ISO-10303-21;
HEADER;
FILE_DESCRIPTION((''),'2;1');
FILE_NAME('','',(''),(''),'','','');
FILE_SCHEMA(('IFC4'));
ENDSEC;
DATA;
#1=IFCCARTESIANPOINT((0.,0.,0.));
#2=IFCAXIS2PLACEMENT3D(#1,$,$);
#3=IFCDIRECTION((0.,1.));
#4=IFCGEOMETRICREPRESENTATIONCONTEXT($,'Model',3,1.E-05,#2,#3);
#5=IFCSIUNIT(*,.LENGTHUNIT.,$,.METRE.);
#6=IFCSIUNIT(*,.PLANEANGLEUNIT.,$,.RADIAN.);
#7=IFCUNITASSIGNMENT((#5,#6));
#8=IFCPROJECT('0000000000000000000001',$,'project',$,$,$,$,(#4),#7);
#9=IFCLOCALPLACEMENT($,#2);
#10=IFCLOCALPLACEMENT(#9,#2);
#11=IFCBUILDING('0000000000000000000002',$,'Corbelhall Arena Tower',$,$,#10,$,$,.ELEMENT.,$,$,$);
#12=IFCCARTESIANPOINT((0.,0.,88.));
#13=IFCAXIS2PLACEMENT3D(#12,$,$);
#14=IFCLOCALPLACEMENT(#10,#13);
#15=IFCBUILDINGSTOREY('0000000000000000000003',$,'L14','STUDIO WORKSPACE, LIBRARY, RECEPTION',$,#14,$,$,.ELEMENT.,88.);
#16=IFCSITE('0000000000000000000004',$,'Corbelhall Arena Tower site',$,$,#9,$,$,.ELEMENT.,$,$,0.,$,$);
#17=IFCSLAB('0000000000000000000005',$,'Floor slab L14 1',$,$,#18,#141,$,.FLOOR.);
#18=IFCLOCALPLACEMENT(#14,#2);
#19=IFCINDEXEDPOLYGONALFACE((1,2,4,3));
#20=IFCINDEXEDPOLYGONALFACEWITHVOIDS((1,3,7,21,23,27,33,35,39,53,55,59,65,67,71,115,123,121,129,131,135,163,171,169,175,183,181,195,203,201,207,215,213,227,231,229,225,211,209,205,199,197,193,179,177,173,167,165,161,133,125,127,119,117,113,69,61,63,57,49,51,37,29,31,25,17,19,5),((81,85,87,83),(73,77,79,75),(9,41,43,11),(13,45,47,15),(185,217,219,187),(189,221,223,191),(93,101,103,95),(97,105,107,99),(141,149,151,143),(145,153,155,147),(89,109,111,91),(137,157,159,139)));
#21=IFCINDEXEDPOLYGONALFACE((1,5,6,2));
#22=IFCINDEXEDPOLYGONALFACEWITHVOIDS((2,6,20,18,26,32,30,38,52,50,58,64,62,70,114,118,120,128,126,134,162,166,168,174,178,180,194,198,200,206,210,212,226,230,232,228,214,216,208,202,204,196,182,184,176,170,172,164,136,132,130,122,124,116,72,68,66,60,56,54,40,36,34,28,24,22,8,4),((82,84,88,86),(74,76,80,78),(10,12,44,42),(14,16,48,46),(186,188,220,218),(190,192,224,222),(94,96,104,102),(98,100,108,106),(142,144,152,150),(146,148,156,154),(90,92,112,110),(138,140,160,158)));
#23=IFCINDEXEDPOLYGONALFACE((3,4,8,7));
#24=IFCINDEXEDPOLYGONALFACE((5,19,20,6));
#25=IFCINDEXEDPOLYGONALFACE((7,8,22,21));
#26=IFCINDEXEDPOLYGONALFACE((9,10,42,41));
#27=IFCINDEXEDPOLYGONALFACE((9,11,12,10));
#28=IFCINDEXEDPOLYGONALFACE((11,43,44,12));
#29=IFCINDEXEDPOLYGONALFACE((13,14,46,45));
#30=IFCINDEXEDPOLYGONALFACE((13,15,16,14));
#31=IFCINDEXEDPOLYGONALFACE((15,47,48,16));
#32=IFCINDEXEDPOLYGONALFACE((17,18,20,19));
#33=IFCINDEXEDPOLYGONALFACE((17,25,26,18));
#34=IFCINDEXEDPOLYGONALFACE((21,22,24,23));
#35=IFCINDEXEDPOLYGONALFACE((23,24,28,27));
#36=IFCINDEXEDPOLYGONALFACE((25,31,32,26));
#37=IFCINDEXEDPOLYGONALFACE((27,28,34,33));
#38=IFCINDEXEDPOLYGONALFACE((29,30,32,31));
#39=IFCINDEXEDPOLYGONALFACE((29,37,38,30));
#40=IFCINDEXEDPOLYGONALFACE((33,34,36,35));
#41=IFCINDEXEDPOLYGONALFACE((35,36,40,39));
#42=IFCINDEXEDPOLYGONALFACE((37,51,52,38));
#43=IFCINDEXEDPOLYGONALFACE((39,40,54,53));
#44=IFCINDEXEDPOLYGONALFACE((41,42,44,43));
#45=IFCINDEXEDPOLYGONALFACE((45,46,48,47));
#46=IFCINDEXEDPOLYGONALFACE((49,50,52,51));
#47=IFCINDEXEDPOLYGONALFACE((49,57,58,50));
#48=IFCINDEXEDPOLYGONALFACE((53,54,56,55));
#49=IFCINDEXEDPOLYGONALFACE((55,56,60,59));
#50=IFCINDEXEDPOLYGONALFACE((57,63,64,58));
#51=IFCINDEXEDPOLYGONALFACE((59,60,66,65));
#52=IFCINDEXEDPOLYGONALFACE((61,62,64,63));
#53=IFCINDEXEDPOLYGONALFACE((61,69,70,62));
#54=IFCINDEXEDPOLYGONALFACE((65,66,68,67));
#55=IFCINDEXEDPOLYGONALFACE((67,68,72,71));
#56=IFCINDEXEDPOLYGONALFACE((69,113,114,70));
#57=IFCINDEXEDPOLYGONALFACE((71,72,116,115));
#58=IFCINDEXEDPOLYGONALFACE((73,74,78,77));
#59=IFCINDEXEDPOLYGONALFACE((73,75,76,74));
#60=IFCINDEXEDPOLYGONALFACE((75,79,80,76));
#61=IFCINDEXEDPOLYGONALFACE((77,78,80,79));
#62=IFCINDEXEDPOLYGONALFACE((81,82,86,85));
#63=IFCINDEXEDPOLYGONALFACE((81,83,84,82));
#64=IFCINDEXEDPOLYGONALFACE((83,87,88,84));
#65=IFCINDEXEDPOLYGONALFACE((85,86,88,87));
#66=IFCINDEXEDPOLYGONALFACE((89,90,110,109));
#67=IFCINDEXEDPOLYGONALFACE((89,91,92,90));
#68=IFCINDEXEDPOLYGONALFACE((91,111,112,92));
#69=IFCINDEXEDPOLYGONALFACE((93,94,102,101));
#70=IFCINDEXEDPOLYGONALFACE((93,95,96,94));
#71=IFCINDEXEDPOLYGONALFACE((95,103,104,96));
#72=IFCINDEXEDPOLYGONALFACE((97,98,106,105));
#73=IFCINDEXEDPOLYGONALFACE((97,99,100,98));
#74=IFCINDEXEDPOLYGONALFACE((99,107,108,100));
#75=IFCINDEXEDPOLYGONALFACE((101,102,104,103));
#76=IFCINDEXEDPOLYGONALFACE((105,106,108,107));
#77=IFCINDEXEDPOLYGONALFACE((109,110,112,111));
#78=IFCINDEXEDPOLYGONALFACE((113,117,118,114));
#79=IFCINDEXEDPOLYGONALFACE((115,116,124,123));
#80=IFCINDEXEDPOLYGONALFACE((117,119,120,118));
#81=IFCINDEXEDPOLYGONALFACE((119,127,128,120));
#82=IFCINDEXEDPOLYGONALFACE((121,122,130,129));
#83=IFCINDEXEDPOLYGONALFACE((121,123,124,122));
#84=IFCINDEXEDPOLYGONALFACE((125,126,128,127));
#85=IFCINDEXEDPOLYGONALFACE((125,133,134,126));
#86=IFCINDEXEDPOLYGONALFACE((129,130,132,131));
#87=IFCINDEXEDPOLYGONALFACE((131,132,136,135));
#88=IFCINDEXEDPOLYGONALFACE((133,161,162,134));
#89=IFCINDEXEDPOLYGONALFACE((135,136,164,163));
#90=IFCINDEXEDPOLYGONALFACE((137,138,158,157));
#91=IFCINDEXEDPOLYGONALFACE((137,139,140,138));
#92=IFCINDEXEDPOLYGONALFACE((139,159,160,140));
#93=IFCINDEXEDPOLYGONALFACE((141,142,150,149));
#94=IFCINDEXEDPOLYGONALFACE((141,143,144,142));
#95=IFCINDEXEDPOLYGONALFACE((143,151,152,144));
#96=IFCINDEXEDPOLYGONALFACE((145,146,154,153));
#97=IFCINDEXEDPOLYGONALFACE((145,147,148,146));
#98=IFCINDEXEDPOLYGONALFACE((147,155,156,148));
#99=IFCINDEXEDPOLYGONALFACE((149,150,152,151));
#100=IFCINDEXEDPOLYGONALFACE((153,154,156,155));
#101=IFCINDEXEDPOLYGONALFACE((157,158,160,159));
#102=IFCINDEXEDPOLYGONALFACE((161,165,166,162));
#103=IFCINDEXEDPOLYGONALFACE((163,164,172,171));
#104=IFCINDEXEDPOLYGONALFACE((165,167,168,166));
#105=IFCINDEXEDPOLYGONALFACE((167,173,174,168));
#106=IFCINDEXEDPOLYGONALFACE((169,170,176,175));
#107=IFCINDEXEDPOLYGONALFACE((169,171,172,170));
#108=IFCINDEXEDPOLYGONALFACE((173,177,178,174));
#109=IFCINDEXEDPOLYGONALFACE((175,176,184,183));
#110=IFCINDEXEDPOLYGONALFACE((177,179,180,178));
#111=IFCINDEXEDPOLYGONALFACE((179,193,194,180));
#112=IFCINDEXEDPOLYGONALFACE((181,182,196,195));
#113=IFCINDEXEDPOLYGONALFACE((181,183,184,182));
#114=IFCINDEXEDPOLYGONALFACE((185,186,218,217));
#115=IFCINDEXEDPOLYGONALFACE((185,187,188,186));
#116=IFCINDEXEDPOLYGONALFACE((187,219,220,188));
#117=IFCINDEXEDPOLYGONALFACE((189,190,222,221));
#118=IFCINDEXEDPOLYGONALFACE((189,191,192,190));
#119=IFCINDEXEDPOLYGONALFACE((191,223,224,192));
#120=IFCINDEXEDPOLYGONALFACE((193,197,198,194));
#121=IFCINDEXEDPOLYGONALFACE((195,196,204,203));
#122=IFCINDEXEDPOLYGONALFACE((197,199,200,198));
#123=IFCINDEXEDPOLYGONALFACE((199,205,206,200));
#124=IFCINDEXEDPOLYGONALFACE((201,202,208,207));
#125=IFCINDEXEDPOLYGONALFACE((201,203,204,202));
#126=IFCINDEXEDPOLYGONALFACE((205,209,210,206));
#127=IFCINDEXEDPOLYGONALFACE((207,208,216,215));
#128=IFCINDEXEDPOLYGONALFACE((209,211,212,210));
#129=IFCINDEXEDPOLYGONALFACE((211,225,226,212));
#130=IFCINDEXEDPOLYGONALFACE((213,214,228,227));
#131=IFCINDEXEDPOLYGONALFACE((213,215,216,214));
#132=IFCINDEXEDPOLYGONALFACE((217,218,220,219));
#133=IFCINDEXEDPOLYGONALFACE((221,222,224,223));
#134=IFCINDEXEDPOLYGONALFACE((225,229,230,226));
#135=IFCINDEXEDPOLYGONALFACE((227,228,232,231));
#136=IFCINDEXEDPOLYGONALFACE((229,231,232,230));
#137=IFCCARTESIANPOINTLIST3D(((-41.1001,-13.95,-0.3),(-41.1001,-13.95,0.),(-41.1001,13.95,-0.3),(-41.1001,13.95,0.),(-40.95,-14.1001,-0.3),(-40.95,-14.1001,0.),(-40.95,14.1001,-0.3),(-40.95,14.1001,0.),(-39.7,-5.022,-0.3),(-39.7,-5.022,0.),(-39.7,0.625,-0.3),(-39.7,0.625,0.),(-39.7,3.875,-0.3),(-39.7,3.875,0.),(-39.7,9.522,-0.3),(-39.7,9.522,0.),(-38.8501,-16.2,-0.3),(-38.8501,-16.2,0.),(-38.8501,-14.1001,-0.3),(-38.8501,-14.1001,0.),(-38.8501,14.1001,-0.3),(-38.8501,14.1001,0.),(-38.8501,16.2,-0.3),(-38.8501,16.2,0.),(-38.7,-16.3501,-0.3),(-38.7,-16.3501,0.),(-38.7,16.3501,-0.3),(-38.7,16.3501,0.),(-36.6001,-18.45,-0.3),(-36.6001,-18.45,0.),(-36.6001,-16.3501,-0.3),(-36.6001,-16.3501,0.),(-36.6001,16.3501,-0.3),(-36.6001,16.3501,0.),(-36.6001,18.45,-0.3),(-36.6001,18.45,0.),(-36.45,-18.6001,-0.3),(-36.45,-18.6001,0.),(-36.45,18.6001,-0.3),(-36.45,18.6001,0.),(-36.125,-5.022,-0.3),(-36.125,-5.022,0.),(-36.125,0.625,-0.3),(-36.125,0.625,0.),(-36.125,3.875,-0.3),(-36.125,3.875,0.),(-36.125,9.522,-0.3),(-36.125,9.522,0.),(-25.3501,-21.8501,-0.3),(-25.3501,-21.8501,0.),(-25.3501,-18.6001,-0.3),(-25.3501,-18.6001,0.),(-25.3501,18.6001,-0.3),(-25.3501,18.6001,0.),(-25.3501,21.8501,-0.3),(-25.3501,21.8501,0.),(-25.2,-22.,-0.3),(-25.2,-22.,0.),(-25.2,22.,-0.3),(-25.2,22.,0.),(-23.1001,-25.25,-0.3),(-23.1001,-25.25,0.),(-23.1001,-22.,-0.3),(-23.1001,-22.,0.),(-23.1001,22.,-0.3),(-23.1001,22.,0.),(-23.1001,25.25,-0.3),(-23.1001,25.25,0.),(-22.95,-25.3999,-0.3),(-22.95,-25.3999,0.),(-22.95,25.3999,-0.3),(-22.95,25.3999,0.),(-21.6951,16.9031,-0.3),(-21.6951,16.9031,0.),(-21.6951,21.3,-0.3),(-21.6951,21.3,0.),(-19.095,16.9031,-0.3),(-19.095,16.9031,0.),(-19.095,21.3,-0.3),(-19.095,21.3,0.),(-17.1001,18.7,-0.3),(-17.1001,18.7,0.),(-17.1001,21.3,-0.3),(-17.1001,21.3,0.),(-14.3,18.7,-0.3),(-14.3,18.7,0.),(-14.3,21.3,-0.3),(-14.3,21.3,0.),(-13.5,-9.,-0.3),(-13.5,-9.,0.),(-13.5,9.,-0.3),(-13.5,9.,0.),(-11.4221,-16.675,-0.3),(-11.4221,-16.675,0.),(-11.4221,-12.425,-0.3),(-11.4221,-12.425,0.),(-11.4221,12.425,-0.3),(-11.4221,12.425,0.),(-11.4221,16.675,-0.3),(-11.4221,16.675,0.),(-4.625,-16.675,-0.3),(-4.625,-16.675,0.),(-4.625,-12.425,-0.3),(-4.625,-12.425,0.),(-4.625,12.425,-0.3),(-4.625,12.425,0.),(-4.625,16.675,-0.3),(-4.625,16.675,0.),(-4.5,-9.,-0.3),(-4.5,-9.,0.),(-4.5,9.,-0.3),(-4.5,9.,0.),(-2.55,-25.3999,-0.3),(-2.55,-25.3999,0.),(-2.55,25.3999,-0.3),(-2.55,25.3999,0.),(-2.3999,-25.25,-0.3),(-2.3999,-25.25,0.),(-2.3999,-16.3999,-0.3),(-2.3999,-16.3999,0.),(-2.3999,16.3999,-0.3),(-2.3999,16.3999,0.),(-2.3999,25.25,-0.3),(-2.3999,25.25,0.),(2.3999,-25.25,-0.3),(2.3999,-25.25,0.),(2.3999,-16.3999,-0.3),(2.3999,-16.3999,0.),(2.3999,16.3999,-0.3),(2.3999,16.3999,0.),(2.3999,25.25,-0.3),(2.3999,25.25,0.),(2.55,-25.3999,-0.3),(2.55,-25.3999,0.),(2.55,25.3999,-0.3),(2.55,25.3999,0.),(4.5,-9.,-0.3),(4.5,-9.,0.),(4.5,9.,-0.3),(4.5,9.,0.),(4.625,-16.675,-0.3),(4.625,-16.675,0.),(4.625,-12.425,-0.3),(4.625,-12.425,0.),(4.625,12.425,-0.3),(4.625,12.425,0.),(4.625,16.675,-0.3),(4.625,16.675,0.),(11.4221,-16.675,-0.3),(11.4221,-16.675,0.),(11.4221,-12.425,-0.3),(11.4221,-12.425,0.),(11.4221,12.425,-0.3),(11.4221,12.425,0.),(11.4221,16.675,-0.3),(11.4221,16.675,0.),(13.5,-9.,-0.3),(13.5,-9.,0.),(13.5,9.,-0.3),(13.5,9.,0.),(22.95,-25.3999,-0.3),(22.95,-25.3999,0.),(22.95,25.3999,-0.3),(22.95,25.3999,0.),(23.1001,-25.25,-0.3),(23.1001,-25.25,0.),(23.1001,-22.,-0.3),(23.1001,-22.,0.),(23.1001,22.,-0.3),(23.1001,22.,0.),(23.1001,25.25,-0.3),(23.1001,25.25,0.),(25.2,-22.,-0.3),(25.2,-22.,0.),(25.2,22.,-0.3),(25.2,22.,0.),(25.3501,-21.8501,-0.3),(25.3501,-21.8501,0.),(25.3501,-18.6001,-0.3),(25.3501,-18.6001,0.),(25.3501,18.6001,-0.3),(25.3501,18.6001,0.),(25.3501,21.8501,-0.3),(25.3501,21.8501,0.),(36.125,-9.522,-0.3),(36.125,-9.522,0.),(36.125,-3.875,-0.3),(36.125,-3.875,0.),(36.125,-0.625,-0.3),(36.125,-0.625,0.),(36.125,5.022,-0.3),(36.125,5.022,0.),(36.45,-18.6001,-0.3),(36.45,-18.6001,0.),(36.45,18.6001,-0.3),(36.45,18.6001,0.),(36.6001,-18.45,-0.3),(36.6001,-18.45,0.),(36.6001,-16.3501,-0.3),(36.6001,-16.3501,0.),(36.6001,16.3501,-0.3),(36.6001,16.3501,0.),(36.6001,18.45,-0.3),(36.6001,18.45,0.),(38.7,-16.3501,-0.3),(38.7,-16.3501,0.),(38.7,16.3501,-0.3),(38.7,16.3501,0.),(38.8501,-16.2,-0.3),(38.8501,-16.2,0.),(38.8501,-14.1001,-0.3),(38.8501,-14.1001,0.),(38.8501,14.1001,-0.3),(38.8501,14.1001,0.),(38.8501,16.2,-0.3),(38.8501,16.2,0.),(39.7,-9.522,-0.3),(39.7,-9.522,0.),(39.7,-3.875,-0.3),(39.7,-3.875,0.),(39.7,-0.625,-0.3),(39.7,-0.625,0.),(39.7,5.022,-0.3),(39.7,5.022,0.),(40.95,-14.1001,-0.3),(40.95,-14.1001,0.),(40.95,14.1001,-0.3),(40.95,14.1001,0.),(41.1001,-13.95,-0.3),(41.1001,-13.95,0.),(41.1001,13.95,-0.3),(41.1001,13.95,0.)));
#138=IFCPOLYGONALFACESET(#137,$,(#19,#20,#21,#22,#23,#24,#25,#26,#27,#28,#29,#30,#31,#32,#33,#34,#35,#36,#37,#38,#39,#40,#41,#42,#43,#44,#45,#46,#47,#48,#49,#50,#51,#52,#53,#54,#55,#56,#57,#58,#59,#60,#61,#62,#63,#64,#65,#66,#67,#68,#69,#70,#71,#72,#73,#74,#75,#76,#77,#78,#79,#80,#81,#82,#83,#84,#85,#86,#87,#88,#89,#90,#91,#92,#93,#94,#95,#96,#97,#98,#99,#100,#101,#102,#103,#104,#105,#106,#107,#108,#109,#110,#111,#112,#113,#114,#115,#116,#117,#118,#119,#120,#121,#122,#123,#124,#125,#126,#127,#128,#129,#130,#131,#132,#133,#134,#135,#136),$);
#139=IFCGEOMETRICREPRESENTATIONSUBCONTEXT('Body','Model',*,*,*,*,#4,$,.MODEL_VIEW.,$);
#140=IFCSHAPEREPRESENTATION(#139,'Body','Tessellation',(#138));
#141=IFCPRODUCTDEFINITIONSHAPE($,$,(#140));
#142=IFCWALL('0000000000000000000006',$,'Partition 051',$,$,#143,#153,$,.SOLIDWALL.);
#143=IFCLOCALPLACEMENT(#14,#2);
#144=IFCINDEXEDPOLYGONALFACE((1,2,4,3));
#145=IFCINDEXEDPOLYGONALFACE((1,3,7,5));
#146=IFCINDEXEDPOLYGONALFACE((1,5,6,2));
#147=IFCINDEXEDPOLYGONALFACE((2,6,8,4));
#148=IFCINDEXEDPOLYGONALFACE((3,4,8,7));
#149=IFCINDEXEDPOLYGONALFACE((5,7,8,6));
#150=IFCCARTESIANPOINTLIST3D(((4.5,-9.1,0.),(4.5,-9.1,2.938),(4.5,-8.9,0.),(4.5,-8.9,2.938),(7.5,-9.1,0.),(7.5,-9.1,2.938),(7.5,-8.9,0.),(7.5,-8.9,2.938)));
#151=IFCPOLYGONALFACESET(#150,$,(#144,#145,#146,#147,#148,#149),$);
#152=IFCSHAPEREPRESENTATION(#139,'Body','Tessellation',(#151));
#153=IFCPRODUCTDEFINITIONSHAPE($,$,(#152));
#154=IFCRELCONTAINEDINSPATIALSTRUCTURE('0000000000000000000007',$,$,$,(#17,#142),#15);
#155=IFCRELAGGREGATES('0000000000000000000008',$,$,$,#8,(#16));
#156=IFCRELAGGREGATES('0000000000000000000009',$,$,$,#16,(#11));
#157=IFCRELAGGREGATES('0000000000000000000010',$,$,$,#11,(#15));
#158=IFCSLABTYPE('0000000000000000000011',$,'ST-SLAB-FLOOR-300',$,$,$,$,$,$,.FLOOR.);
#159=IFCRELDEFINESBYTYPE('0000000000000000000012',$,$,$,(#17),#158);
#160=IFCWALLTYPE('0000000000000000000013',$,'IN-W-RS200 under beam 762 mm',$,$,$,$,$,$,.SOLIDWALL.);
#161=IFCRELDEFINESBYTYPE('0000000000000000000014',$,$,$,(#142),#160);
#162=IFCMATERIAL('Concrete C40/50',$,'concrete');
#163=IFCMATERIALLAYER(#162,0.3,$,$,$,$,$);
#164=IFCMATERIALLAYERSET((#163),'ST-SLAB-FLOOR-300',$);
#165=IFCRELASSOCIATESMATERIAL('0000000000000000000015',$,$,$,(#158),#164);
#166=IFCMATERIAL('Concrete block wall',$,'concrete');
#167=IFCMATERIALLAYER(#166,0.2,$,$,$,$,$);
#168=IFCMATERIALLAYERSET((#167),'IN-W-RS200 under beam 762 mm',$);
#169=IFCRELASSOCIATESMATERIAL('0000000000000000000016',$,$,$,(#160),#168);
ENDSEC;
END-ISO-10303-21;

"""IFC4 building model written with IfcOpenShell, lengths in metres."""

from ifc_helpers import new_model, si_unit, direction, frame, frame_2d, origin, place, context, subcontext, project, spatial, polyline, rectangle, outline, extrude, material, layer, layer_set, type_object, element, save


model = new_model("IFC4")

# Units and contexts
model_context = context("Model", 3, precision=1e-05, world=origin(), true_north=direction((0.0, 1.0)))
body_context = subcontext(model_context, "Body", "Model", "MODEL_VIEW")
ifc_project = project(units=[si_unit("LENGTHUNIT", "METRE"), si_unit("PLANEANGLEUNIT", "RADIAN")], contexts=[model_context])

# Site, building, storey
site_placement = place(None, origin())
site = spatial("IfcSite", under=ifc_project, at=site_placement, Name="Corbelhall Arena Tower site", CompositionType="ELEMENT", RefElevation=0.0)
building_placement = place(site_placement, origin())
building = spatial("IfcBuilding", under=site, at=building_placement, Name="Corbelhall Arena Tower", CompositionType="ELEMENT")
storey_placement = place(building_placement, frame((0.0, 0.0, 88.0)))
storey = spatial("IfcBuildingStorey", under=building, at=storey_placement, Name="L14", Description="STUDIO WORKSPACE, LIBRARY, RECEPTION", CompositionType="ELEMENT", Elevation=88.0)

# Shared definitions
ifc_material_1 = material(Name="Concrete C40/50", Category="concrete")

# Slab
ifc_layer_1 = layer(ifc_material_1, 0.3)
ifc_layer_set_1 = layer_set([ifc_layer_1], Name="ST-SLAB-FLOOR-300")
slab_type_1 = type_object("IfcSlabType", Name="ST-SLAB-FLOOR-300", PredefinedType="FLOOR", material=ifc_layer_set_1)
slab_1_placement = place(storey_placement, frame((0.0, 0.0, -0.3)))
element("IfcSlab", 1, at=slab_1_placement, inside=storey, type_object=slab_type_1, Name="Floor slab L14 1", PredefinedType="FLOOR", context=body_context, shape_type="SweptSolid", body=[
    extrude(outline(polyline([(25.3501, 18.6001), (25.3501, 21.8501), (25.2, 22.0), (23.1001, 22.0), (23.1001, 25.25), (22.95, 25.3999), (2.55, 25.3999), (2.3999, 25.25), (2.3999, 16.3999), (-2.3999, 16.3999), (-2.3999, 25.25), (-2.55, 25.3999), (-22.95, 25.3999), (-23.1001, 25.25), (-23.1001, 22.0), (-25.2, 22.0), (-25.3501, 21.8501), (-25.3501, 18.6001), (-36.45, 18.6001), (-36.6001, 18.45), (-36.6001, 16.3501), (-38.7, 16.3501), (-38.8501, 16.2), (-38.8501, 14.1001), (-40.95, 14.1001), (-41.1001, 13.95), (-41.1001, -13.95), (-40.95, -14.1001), (-38.8501, -14.1001), (-38.8501, -16.2), (-38.7, -16.3501), (-36.6001, -16.3501), (-36.6001, -18.45), (-36.45, -18.6001), (-25.3501, -18.6001), (-25.3501, -21.8501), (-25.2, -22.0), (-23.1001, -22.0), (-23.1001, -25.25), (-22.95, -25.3999), (-2.55, -25.3999), (-2.3999, -25.25), (-2.3999, -16.3999), (2.3999, -16.3999), (2.3999, -25.25), (2.55, -25.3999), (22.95, -25.3999), (23.1001, -25.25), (23.1001, -22.0), (25.2, -22.0), (25.3501, -21.8501), (25.3501, -18.6001), (36.45, -18.6001), (36.6001, -18.45), (36.6001, -16.3501), (38.7, -16.3501), (38.8501, -16.2), (38.8501, -14.1001), (40.95, -14.1001), (41.1001, -13.95), (41.1001, 13.95), (40.95, 14.1001), (38.8501, 14.1001), (38.8501, 16.2), (38.7, 16.3501), (36.6001, 16.3501), (36.6001, 18.45), (36.45, 18.6001), (25.3501, 18.6001)]), holes=[polyline([(-13.5, 9.0), (-13.5, -9.0), (-4.5, -9.0), (-4.5, 9.0), (-13.5, 9.0)]), polyline([(4.5, 9.0), (4.5, -9.0), (13.5, -9.0), (13.5, 9.0), (4.5, 9.0)]), polyline([(-4.625, 16.675), (-11.4221, 16.675), (-11.4221, 12.425), (-4.625, 12.425), (-4.625, 16.675)]), polyline([(-4.625, -16.675), (-4.625, -12.425), (-11.4221, -12.425), (-11.4221, -16.675), (-4.625, -16.675)]), polyline([(11.4221, 16.675), (4.625, 16.675), (4.625, 12.425), (11.4221, 12.425), (11.4221, 16.675)]), polyline([(11.4221, -16.675), (11.4221, -12.425), (4.625, -12.425), (4.625, -16.675), (11.4221, -16.675)]), polyline([(-36.125, 3.875), (-36.125, 9.522), (-39.7, 9.522), (-39.7, 3.875), (-36.125, 3.875)]), polyline([(-36.125, 0.625), (-39.7, 0.625), (-39.7, -5.022), (-36.125, -5.022), (-36.125, 0.625)]), polyline([(39.7, -9.522), (39.7, -3.875), (36.125, -3.875), (36.125, -9.522), (39.7, -9.522)]), polyline([(39.7, 5.022), (36.125, 5.022), (36.125, -0.625), (39.7, -0.625), (39.7, 5.022)]), polyline([(-21.6951, 21.3), (-21.6951, 16.9031), (-19.095, 16.9031), (-19.095, 21.3), (-21.6951, 21.3)]), polyline([(-14.3, 21.3), (-17.1001, 21.3), (-17.1001, 18.7), (-14.3, 18.7), (-14.3, 21.3)])]), origin(), (0.0, 0.0, 1.0), 0.3),
])

# Shared definitions
ifc_material_2 = material(Name="Concrete block wall", Category="concrete")
ifc_layer_2 = layer(ifc_material_2, 0.2)
ifc_layer_set_2 = layer_set([ifc_layer_2], Name="IN-W-RS200 under beam 762 mm")
wall_type_1 = type_object("IfcWallType", Name="IN-W-RS200 under beam 762 mm", PredefinedType="SOLIDWALL", material=ifc_layer_set_2)

# Wall
wall_1_placement = place(storey_placement, frame((7.5, -9.0, 0.0), z_axis=(0.0, 0.0, 1.0), x_axis=(-1.0, 0.0, 0.0)))
element("IfcWall", 2, at=wall_1_placement, inside=storey, type_object=wall_type_1, Name="Partition 051", PredefinedType="SOLIDWALL", context=body_context, shape_type="SweptSolid", body=[
    extrude(rectangle(XDim=3.0, YDim=0.2, at=frame_2d((1.5, 0.0))), origin(), (0.0, 0.0, 1.0), 2.938),
])

save(model, "model.ifc")
